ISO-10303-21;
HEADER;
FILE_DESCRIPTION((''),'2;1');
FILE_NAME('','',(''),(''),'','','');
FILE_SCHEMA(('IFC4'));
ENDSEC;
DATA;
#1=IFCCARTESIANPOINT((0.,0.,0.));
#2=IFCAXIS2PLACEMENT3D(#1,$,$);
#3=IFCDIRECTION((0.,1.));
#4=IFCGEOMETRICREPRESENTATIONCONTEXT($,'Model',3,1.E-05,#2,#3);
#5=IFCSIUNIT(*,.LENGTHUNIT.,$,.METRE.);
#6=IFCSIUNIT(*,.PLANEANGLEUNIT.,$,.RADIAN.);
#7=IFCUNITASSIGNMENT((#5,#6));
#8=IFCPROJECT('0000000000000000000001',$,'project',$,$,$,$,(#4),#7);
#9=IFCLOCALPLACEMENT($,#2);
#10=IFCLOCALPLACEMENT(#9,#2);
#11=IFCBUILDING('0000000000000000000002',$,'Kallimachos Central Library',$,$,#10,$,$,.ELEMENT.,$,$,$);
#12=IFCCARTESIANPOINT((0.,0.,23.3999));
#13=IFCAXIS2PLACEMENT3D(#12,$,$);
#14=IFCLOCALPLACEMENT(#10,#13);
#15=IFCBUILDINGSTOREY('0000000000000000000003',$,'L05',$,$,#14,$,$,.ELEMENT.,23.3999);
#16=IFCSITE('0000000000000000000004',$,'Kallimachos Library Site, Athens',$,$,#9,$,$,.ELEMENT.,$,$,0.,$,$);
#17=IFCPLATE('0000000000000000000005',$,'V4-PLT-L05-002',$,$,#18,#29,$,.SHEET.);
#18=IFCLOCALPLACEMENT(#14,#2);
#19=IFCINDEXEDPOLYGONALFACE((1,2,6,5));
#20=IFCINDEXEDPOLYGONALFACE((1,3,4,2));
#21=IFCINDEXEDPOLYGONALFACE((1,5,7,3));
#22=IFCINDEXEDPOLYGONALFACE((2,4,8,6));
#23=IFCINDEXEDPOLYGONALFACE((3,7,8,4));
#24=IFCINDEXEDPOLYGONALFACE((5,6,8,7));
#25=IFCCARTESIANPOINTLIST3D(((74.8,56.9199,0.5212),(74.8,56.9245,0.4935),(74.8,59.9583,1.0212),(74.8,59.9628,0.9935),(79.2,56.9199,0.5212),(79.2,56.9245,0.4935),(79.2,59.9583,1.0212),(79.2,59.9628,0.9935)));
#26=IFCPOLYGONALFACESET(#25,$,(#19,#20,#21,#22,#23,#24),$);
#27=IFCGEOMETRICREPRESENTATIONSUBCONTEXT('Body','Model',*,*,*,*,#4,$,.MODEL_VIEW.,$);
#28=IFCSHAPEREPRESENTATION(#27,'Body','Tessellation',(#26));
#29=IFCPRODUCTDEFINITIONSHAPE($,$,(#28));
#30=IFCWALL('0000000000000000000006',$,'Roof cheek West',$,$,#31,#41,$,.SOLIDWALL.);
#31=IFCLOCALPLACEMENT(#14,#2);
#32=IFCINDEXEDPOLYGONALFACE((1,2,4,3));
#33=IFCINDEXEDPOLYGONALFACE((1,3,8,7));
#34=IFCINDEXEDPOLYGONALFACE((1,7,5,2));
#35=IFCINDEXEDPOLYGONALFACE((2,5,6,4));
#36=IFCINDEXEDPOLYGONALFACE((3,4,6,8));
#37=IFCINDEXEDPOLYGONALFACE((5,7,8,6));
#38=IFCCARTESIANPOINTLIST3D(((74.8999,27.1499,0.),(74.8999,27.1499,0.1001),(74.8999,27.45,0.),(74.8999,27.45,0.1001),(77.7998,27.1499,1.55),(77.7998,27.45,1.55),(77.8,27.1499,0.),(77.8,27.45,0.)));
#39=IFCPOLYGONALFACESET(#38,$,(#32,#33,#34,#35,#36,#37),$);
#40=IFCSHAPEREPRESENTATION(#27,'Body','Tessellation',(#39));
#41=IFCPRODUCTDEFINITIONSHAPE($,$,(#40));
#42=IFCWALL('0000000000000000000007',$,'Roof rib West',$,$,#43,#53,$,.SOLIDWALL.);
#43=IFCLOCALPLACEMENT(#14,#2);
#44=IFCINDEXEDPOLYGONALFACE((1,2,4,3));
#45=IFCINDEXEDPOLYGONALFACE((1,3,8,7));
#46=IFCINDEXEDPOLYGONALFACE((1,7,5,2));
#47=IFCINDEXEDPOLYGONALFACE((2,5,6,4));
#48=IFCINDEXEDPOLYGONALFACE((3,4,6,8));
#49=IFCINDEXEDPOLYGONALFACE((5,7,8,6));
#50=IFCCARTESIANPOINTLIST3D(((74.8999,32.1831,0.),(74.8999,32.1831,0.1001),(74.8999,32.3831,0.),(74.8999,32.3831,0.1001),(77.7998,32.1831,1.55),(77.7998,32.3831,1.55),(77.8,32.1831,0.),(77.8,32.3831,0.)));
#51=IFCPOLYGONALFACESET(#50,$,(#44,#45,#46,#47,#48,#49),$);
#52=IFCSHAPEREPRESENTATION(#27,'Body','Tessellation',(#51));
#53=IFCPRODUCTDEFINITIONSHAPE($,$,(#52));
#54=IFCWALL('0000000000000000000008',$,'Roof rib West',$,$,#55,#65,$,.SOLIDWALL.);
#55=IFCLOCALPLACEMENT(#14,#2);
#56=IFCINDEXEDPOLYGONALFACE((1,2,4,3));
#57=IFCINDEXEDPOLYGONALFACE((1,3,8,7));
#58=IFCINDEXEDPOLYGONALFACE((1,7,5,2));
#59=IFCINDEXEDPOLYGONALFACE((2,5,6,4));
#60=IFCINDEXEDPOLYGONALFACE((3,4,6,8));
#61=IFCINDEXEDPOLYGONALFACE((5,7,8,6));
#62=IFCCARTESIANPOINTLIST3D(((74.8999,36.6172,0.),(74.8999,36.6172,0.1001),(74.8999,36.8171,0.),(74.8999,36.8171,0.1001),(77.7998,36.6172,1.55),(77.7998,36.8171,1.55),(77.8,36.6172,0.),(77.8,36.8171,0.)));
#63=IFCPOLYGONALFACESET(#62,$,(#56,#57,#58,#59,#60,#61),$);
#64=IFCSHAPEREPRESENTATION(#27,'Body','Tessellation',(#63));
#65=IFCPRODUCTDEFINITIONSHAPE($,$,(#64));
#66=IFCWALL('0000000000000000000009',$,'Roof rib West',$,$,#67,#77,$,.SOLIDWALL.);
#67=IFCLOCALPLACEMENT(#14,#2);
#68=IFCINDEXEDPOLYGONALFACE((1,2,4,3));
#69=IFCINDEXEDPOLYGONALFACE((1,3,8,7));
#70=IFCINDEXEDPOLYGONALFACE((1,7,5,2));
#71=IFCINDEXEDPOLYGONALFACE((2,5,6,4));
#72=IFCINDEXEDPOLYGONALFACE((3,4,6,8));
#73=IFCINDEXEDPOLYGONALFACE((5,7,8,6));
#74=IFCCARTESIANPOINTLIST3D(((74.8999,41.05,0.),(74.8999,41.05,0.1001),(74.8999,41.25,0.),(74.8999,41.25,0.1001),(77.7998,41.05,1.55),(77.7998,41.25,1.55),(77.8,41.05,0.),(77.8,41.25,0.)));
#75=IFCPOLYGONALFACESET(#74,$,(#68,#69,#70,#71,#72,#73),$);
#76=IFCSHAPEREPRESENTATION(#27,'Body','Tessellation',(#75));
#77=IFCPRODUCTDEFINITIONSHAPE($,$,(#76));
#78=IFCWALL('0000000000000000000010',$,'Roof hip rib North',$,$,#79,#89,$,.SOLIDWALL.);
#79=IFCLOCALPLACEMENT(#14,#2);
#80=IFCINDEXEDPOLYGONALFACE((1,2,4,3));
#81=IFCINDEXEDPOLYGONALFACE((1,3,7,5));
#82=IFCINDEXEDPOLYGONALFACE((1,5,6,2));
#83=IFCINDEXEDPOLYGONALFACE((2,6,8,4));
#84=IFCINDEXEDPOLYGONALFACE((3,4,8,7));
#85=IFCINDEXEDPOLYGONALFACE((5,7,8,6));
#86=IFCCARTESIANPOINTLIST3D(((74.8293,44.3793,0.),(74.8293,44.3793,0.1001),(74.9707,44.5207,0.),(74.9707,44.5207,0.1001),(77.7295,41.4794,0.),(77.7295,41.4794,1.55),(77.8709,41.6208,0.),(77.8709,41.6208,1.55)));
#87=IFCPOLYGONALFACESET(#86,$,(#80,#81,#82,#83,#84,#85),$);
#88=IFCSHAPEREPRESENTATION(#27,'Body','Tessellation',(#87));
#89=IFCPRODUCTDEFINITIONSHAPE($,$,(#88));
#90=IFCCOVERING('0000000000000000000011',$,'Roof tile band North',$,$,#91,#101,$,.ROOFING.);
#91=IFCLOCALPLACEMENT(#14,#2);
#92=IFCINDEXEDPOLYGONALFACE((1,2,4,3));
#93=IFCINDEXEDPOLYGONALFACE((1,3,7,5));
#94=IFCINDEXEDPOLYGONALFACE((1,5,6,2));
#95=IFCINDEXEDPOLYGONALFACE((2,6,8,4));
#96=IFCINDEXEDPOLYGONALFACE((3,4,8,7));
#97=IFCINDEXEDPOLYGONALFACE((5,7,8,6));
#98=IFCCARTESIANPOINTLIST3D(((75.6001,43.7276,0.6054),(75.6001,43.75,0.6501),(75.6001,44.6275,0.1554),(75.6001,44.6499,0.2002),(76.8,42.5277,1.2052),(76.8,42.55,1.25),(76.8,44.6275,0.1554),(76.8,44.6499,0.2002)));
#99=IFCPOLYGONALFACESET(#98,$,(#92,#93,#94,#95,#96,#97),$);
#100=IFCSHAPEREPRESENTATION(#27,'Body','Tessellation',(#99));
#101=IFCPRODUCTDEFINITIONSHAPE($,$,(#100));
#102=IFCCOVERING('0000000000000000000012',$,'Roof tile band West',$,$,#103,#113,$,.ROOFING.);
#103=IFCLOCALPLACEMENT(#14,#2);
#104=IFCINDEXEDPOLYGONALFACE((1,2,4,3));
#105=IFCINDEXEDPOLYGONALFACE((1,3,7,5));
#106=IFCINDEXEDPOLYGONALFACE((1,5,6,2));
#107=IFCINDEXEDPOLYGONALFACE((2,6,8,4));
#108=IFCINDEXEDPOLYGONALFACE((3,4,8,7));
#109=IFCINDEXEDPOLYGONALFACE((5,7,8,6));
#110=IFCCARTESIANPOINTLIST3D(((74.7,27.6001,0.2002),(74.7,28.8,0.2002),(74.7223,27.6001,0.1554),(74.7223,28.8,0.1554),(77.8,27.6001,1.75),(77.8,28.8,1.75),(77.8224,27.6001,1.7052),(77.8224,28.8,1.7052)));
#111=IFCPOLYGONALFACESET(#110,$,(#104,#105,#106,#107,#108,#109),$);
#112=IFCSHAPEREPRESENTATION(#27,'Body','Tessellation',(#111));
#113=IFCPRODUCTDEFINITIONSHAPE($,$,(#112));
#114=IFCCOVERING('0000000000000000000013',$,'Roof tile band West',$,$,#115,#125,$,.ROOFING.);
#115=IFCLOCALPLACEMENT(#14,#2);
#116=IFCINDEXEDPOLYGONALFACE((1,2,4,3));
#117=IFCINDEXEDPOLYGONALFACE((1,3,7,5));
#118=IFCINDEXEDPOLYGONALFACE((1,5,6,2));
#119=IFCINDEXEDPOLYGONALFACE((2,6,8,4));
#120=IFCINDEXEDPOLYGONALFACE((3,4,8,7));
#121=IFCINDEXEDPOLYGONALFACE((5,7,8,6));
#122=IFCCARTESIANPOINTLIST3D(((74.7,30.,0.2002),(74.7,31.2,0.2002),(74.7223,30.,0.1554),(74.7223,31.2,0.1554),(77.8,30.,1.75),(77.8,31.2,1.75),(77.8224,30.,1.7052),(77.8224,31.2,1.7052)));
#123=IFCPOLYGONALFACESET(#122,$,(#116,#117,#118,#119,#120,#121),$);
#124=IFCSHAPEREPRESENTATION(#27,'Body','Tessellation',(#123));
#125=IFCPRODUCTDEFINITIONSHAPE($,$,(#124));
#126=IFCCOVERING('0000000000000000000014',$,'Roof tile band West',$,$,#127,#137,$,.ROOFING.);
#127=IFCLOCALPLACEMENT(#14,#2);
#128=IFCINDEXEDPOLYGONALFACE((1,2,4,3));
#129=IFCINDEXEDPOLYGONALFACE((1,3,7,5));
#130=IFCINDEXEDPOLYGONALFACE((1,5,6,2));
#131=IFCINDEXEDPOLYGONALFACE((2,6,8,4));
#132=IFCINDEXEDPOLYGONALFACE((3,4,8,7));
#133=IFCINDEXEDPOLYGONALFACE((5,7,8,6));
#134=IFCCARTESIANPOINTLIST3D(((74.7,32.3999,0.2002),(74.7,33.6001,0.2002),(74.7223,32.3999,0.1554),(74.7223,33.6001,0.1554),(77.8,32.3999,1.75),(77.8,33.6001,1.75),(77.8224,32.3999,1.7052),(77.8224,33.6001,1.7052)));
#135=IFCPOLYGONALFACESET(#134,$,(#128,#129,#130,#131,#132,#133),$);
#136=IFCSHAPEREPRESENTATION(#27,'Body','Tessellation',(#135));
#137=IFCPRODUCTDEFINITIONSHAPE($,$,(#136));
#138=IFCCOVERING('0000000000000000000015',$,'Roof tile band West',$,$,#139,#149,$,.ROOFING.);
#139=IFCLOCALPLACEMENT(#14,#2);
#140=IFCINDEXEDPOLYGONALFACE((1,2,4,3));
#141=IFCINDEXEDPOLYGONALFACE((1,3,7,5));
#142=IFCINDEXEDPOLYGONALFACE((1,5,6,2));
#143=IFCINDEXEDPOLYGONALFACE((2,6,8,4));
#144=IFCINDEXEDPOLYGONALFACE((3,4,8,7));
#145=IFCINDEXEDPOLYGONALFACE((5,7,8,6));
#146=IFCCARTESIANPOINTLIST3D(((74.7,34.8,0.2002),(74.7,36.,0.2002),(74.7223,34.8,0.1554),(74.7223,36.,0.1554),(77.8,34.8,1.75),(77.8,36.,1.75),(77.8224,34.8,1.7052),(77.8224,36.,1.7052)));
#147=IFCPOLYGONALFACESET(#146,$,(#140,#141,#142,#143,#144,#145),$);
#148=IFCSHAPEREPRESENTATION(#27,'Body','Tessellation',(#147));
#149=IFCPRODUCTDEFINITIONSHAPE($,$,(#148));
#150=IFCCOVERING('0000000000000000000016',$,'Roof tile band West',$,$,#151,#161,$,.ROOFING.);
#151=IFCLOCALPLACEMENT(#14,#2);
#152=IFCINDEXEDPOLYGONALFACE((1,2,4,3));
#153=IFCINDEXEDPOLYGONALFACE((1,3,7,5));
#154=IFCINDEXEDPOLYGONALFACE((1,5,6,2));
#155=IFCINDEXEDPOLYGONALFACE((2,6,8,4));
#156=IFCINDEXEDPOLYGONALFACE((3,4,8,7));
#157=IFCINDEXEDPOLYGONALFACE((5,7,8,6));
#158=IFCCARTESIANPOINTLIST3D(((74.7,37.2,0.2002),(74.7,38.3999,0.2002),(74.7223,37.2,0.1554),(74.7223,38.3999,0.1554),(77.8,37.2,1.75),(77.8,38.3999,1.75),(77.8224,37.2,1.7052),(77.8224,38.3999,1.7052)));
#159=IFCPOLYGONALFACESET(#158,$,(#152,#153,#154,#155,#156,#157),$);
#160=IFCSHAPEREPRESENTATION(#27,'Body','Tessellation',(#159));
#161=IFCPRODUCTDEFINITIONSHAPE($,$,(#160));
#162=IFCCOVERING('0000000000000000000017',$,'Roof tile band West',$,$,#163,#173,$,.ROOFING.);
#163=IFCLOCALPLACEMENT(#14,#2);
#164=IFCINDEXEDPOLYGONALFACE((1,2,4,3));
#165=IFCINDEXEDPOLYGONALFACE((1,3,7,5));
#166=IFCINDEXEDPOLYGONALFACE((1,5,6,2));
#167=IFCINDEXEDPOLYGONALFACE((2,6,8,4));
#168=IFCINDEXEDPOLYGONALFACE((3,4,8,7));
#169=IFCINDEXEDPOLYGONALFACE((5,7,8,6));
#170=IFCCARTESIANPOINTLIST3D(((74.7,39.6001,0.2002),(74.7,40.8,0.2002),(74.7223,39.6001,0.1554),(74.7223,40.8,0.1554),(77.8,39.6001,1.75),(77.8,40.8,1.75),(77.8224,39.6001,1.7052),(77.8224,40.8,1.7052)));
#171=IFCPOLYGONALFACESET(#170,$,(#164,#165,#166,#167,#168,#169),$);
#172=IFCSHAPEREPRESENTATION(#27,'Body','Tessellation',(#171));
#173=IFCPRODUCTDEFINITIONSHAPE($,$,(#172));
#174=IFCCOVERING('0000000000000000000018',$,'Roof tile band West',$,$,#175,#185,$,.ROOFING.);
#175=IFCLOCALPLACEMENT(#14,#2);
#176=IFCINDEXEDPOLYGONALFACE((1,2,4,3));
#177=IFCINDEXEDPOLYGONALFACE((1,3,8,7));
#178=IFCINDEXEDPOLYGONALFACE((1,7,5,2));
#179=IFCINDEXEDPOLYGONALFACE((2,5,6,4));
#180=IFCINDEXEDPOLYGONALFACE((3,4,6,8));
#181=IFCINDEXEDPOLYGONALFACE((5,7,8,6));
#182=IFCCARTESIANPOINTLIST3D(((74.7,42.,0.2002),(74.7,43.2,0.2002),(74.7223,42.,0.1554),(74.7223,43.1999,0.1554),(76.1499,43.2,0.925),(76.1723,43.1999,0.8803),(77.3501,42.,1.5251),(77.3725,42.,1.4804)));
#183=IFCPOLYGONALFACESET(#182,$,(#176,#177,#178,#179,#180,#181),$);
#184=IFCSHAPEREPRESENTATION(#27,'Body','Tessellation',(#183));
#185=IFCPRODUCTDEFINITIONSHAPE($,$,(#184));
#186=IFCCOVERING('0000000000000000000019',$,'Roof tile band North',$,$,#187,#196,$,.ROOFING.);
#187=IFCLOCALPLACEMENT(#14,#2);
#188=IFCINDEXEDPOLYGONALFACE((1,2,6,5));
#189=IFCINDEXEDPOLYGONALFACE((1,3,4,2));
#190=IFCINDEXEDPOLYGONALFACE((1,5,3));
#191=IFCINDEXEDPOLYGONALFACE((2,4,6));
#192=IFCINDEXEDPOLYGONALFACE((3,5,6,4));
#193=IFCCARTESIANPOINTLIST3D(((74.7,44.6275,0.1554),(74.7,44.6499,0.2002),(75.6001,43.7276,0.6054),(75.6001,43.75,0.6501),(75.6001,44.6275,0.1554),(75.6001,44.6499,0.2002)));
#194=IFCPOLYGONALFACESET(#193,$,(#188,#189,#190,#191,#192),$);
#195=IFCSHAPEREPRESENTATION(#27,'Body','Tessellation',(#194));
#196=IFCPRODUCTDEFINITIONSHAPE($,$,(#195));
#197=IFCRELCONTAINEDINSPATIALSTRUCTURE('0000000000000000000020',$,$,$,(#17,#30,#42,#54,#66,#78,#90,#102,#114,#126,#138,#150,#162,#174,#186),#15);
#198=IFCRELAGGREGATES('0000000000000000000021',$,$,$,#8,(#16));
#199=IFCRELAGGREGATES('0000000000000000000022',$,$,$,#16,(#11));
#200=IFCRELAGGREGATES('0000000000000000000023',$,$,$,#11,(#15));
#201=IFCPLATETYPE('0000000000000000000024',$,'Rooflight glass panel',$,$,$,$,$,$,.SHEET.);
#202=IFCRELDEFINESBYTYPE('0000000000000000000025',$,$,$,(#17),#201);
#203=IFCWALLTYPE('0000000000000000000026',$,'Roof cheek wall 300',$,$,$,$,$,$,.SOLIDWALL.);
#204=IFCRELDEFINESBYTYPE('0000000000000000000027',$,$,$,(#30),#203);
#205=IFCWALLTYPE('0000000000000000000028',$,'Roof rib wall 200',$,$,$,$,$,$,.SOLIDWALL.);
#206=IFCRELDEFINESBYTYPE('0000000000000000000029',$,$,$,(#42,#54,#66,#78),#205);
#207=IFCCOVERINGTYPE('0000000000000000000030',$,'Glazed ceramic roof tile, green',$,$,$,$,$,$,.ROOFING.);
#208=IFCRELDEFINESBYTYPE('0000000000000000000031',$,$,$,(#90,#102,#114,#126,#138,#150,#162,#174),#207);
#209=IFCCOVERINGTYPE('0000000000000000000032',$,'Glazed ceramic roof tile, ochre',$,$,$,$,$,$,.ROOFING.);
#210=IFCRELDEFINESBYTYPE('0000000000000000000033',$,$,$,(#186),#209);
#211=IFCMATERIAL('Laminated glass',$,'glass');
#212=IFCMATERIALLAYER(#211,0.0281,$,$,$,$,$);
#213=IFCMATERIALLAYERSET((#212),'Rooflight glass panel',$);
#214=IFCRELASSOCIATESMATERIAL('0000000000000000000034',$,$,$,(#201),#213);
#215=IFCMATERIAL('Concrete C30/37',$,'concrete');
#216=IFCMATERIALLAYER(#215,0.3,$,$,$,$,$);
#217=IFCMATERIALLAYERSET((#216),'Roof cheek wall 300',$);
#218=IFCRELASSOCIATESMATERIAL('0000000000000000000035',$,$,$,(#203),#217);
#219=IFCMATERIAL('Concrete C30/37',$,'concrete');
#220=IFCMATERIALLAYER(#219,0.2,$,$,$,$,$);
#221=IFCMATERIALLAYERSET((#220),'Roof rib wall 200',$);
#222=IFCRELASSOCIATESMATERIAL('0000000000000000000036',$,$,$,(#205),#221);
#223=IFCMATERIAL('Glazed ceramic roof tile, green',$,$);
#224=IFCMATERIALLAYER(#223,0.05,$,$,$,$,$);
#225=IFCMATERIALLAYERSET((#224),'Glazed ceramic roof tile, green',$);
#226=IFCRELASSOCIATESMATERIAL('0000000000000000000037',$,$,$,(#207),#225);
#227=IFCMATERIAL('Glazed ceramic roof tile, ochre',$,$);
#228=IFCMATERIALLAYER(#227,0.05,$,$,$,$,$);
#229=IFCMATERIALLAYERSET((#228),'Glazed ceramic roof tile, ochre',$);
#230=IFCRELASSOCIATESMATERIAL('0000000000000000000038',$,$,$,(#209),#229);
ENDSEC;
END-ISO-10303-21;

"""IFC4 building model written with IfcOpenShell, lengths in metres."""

from ifc_helpers import new_model, si_unit, direction, frame, origin, place, context, subcontext, project, spatial, polyline, outline, extrude, material, layer, layer_set, type_object, element, save


model = new_model("IFC4")

# Units and contexts
model_context = context("Model", 3, precision=1e-05, world=origin(), true_north=direction((0.0, 1.0)))
body_context = subcontext(model_context, "Body", "Model", "MODEL_VIEW")
ifc_project = project(units=[si_unit("LENGTHUNIT", "METRE"), si_unit("PLANEANGLEUNIT", "RADIAN")], contexts=[model_context])

# Site, building, storey
site_placement = place(None, origin())
site = spatial("IfcSite", under=ifc_project, at=site_placement, Name="Kallimachos Library Site, Athens", CompositionType="ELEMENT", RefElevation=0.0)
building_placement = place(site_placement, origin())
building = spatial("IfcBuilding", under=site, at=building_placement, Name="Kallimachos Central Library", CompositionType="ELEMENT")
storey_placement = place(building_placement, frame((0.0, 0.0, 23.3999)))
storey = spatial("IfcBuildingStorey", under=building, at=storey_placement, Name="L05", CompositionType="ELEMENT", Elevation=23.3999)

# Plate
ifc_material_1 = material(Name="Laminated glass", Category="glass")
ifc_layer_1 = layer(ifc_material_1, 0.0281)
ifc_layer_set_1 = layer_set([ifc_layer_1], Name="Rooflight glass panel")
plate_type = type_object("IfcPlateType", Name="Rooflight glass panel", PredefinedType="SHEET", material=ifc_layer_set_1)
plate_placement = place(storey_placement, frame((74.8, 56.9199, 0.5212), z_axis=(0.0, -0.16238, 0.986728), x_axis=(1.0, 0.0, 0.0)))
element("IfcPlate", 1, at=plate_placement, inside=storey, type_object=plate_type, Name="V4-PLT-L05-002", PredefinedType="SHEET", context=body_context, shape_type="SweptSolid", body=[
    extrude(outline(polyline([(0.0, 0.0), (4.3999, 0.0), (4.3999, 3.0792), (0.0, 3.0792), (0.0, 0.0)])), origin(), (0.0, 0.0, -1.0), 0.0281),
])

# Walls
ifc_material_2 = material(Name="Concrete C30/37", Category="concrete")
ifc_layer_2 = layer(ifc_material_2, 0.3)
ifc_layer_set_2 = layer_set([ifc_layer_2], Name="Roof cheek wall 300")
wall_type_1 = type_object("IfcWallType", Name="Roof cheek wall 300", PredefinedType="SOLIDWALL", material=ifc_layer_set_2)
wall_1_placement = place(storey_placement, frame((74.8999, 27.3, 0.0), z_axis=(0.0, 0.0, 1.0), x_axis=(1.0, 0.0, 0.0)))
element("IfcWall", 2, at=wall_1_placement, inside=storey, type_object=wall_type_1, Name="Roof cheek West", PredefinedType="SOLIDWALL", context=body_context, shape_type="SweptSolid", body=[
    extrude(outline(polyline([(0.0, 0.0), (2.9001, 0.0), (2.8999, 1.55), (0.0, 0.1001), (0.0, 0.0)])), frame((0.0, 0.1499, 0.0), z_axis=(0.0, -1.0, 0.0), x_axis=(1.0, 0.0, 0.0)), (0.0, 0.0, 1.0), 0.3),
])
ifc_material_3 = material(Name="Concrete C30/37", Category="concrete")
ifc_layer_3 = layer(ifc_material_3, 0.2)
ifc_layer_set_3 = layer_set([ifc_layer_3], Name="Roof rib wall 200")
wall_type_2 = type_object("IfcWallType", Name="Roof rib wall 200", PredefinedType="SOLIDWALL", material=ifc_layer_set_3)
for number, where, z_axis, x_axis, name in (
    (3, (74.8999, 32.283, 0.0), (0.0, 0.0, 1.0), (1.0, 0.0, 0.0), "Roof rib West"),
    (4, (74.8999, 36.717, 0.0), (0.0, 0.0, 1.0), (1.0, 0.0, 0.0), "Roof rib West"),
    (5, (74.8999, 41.1499, 0.0), (0.0, 0.0, 1.0), (1.0, 0.0, 0.0), "Roof rib West"),
):
    element("IfcWall", number, at=place(storey_placement, frame(where, z_axis=z_axis, x_axis=x_axis)), inside=storey, type_object=wall_type_2, Name=name, PredefinedType="SOLIDWALL", context=body_context, shape_type="SweptSolid", body=[
        extrude(outline(polyline([(0.0, 0.0), (2.9001, 0.0), (2.8999, 1.55), (0.0, 0.1001), (0.0, 0.0)])), frame((0.0, 0.1001, 0.0), z_axis=(0.0, -1.0, 0.0), x_axis=(1.0, 0.0, 0.0)), (0.0, 0.0, 1.0), 0.2),
    ])
wall_2_placement = place(storey_placement, frame((74.8999, 44.45, 0.0), z_axis=(0.0, 0.0, 1.0), x_axis=(0.707137, -0.707077, 0.0)))
element("IfcWall", 6, at=wall_2_placement, inside=storey, type_object=wall_type_2, Name="Roof hip rib North", PredefinedType="SOLIDWALL", context=body_context, shape_type="SweptSolid", body=[
    extrude(outline(polyline([(0.0, 0.0), (4.1013, 0.0), (4.1013, 1.55), (0.0, 0.1001), (0.0, 0.0)])), frame((0.0, 0.1001, 0.0), z_axis=(0.0, -1.0, 0.0), x_axis=(1.0, 0.0, 0.0)), (0.0, 0.0, 1.0), 0.2),
])

# Coverings
ifc_material_4 = material(Name="Glazed ceramic roof tile, green")
ifc_layer_4 = layer(ifc_material_4, 0.05)
ifc_layer_set_4 = layer_set([ifc_layer_4], Name="Glazed ceramic roof tile, green")
covering_type_1 = type_object("IfcCoveringType", Name="Glazed ceramic roof tile, green", PredefinedType="ROOFING", material=ifc_layer_set_4)
covering_1_placement = place(storey_placement, frame((75.6001, 44.6499, 0.2002), z_axis=(0.000027, 0.447184, 0.894442), x_axis=(0.0, -0.894442, 0.447184)))
element("IfcCovering", 7, at=covering_1_placement, inside=storey, type_object=covering_type_1, Name="Roof tile band North", PredefinedType="ROOFING", context=body_context, shape_type="SweptSolid", body=[
    extrude(outline(polyline([(0.0, 0.0), (1.0061, 0.0), (2.3477, 1.2), (0.0, 1.2), (0.0, 0.0)])), origin(), (0.0, 0.0, -1.0), 0.05),
])
for number, where, z_axis, x_axis, name in (
    (8, (74.7, 27.6001, 0.2002), (-0.447157, 0.0, 0.894455), (0.894455, 0.0, 0.447157), "Roof tile band West"),
    (9, (74.7, 30.0, 0.2002), (-0.447157, 0.0, 0.894455), (0.894455, 0.0, 0.447157), "Roof tile band West"),
):
    element("IfcCovering", number, at=place(storey_placement, frame(where, z_axis=z_axis, x_axis=x_axis)), inside=storey, type_object=covering_type_1, Name=name, PredefinedType="ROOFING", context=body_context, shape_type="SweptSolid", body=[
        extrude(outline(polyline([(0.0, 0.0), (3.4659, 0.0), (3.4659, 1.2), (0.0, 1.2), (0.0, 0.0)])), origin(), (0.0, 0.0, -1.0), 0.05),
    ])
covering_2_placement = place(storey_placement, frame((74.7, 32.3999, 0.2002), z_axis=(-0.447157, 0.0, 0.894455), x_axis=(0.894455, 0.0, 0.447157)))
element("IfcCovering", 10, at=covering_2_placement, inside=storey, type_object=covering_type_1, Name="Roof tile band West", PredefinedType="ROOFING", context=body_context, shape_type="SweptSolid", body=[
    extrude(outline(polyline([(0.0, 0.0), (3.4659, 0.0), (3.4659, 1.2002), (0.0, 1.2002), (0.0, 0.0)])), origin(), (0.0, 0.0, -1.0), 0.05),
])
for number, where, z_axis, x_axis, name in (
    (11, (74.7, 34.8, 0.2002), (-0.447157, 0.0, 0.894455), (0.894455, 0.0, 0.447157), "Roof tile band West"),
    (12, (74.7, 37.2, 0.2002), (-0.447157, 0.0, 0.894455), (0.894455, 0.0, 0.447157), "Roof tile band West"),
    (13, (74.7, 39.6001, 0.2002), (-0.447157, 0.0, 0.894455), (0.894455, 0.0, 0.447157), "Roof tile band West"),
):
    element("IfcCovering", number, at=place(storey_placement, frame(where, z_axis=z_axis, x_axis=x_axis)), inside=storey, type_object=covering_type_1, Name=name, PredefinedType="ROOFING", context=body_context, shape_type="SweptSolid", body=[
        extrude(outline(polyline([(0.0, 0.0), (3.4659, 0.0), (3.4659, 1.2), (0.0, 1.2), (0.0, 0.0)])), origin(), (0.0, 0.0, -1.0), 0.05),
    ])
covering_3_placement = place(storey_placement, frame((74.7, 42.0, 0.2002), z_axis=(-0.447171, 0.000027, 0.894448), x_axis=(0.894448, 0.0, 0.447171)))
element("IfcCovering", 14, at=covering_3_placement, inside=storey, type_object=covering_type_1, Name="Roof tile band West", PredefinedType="ROOFING", context=body_context, shape_type="SweptSolid", body=[
    extrude(outline(polyline([(0.0, 0.0), (2.9629, 0.0), (1.621, 1.2), (0.0, 1.2), (0.0, 0.0)])), origin(), (0.0, 0.0, -1.0), 0.05),
])
ifc_material_5 = material(Name="Glazed ceramic roof tile, ochre")
ifc_layer_5 = layer(ifc_material_5, 0.05)
ifc_layer_set_5 = layer_set([ifc_layer_5], Name="Glazed ceramic roof tile, ochre")
covering_type_2 = type_object("IfcCoveringType", Name="Glazed ceramic roof tile, ochre", PredefinedType="ROOFING", material=ifc_layer_set_5)
covering_4_placement = place(storey_placement, frame((74.7, 44.6499, 0.2002), z_axis=(0.0, 0.447214, 0.894427), x_axis=(0.666767, -0.666586, 0.333293)))
element("IfcCovering", 15, at=covering_4_placement, inside=storey, type_object=covering_type_2, Name="Roof tile band North", PredefinedType="ROOFING", context=body_context, shape_type="SweptSolid", body=[
    extrude(outline(polyline([(0.0, 0.0), (1.35, 0.0), (0.6002, 0.6708), (0.0, 0.0)])), origin(), (0.0, 0.0, -1.0), 0.05),
])

save(model, "model.ifc")
